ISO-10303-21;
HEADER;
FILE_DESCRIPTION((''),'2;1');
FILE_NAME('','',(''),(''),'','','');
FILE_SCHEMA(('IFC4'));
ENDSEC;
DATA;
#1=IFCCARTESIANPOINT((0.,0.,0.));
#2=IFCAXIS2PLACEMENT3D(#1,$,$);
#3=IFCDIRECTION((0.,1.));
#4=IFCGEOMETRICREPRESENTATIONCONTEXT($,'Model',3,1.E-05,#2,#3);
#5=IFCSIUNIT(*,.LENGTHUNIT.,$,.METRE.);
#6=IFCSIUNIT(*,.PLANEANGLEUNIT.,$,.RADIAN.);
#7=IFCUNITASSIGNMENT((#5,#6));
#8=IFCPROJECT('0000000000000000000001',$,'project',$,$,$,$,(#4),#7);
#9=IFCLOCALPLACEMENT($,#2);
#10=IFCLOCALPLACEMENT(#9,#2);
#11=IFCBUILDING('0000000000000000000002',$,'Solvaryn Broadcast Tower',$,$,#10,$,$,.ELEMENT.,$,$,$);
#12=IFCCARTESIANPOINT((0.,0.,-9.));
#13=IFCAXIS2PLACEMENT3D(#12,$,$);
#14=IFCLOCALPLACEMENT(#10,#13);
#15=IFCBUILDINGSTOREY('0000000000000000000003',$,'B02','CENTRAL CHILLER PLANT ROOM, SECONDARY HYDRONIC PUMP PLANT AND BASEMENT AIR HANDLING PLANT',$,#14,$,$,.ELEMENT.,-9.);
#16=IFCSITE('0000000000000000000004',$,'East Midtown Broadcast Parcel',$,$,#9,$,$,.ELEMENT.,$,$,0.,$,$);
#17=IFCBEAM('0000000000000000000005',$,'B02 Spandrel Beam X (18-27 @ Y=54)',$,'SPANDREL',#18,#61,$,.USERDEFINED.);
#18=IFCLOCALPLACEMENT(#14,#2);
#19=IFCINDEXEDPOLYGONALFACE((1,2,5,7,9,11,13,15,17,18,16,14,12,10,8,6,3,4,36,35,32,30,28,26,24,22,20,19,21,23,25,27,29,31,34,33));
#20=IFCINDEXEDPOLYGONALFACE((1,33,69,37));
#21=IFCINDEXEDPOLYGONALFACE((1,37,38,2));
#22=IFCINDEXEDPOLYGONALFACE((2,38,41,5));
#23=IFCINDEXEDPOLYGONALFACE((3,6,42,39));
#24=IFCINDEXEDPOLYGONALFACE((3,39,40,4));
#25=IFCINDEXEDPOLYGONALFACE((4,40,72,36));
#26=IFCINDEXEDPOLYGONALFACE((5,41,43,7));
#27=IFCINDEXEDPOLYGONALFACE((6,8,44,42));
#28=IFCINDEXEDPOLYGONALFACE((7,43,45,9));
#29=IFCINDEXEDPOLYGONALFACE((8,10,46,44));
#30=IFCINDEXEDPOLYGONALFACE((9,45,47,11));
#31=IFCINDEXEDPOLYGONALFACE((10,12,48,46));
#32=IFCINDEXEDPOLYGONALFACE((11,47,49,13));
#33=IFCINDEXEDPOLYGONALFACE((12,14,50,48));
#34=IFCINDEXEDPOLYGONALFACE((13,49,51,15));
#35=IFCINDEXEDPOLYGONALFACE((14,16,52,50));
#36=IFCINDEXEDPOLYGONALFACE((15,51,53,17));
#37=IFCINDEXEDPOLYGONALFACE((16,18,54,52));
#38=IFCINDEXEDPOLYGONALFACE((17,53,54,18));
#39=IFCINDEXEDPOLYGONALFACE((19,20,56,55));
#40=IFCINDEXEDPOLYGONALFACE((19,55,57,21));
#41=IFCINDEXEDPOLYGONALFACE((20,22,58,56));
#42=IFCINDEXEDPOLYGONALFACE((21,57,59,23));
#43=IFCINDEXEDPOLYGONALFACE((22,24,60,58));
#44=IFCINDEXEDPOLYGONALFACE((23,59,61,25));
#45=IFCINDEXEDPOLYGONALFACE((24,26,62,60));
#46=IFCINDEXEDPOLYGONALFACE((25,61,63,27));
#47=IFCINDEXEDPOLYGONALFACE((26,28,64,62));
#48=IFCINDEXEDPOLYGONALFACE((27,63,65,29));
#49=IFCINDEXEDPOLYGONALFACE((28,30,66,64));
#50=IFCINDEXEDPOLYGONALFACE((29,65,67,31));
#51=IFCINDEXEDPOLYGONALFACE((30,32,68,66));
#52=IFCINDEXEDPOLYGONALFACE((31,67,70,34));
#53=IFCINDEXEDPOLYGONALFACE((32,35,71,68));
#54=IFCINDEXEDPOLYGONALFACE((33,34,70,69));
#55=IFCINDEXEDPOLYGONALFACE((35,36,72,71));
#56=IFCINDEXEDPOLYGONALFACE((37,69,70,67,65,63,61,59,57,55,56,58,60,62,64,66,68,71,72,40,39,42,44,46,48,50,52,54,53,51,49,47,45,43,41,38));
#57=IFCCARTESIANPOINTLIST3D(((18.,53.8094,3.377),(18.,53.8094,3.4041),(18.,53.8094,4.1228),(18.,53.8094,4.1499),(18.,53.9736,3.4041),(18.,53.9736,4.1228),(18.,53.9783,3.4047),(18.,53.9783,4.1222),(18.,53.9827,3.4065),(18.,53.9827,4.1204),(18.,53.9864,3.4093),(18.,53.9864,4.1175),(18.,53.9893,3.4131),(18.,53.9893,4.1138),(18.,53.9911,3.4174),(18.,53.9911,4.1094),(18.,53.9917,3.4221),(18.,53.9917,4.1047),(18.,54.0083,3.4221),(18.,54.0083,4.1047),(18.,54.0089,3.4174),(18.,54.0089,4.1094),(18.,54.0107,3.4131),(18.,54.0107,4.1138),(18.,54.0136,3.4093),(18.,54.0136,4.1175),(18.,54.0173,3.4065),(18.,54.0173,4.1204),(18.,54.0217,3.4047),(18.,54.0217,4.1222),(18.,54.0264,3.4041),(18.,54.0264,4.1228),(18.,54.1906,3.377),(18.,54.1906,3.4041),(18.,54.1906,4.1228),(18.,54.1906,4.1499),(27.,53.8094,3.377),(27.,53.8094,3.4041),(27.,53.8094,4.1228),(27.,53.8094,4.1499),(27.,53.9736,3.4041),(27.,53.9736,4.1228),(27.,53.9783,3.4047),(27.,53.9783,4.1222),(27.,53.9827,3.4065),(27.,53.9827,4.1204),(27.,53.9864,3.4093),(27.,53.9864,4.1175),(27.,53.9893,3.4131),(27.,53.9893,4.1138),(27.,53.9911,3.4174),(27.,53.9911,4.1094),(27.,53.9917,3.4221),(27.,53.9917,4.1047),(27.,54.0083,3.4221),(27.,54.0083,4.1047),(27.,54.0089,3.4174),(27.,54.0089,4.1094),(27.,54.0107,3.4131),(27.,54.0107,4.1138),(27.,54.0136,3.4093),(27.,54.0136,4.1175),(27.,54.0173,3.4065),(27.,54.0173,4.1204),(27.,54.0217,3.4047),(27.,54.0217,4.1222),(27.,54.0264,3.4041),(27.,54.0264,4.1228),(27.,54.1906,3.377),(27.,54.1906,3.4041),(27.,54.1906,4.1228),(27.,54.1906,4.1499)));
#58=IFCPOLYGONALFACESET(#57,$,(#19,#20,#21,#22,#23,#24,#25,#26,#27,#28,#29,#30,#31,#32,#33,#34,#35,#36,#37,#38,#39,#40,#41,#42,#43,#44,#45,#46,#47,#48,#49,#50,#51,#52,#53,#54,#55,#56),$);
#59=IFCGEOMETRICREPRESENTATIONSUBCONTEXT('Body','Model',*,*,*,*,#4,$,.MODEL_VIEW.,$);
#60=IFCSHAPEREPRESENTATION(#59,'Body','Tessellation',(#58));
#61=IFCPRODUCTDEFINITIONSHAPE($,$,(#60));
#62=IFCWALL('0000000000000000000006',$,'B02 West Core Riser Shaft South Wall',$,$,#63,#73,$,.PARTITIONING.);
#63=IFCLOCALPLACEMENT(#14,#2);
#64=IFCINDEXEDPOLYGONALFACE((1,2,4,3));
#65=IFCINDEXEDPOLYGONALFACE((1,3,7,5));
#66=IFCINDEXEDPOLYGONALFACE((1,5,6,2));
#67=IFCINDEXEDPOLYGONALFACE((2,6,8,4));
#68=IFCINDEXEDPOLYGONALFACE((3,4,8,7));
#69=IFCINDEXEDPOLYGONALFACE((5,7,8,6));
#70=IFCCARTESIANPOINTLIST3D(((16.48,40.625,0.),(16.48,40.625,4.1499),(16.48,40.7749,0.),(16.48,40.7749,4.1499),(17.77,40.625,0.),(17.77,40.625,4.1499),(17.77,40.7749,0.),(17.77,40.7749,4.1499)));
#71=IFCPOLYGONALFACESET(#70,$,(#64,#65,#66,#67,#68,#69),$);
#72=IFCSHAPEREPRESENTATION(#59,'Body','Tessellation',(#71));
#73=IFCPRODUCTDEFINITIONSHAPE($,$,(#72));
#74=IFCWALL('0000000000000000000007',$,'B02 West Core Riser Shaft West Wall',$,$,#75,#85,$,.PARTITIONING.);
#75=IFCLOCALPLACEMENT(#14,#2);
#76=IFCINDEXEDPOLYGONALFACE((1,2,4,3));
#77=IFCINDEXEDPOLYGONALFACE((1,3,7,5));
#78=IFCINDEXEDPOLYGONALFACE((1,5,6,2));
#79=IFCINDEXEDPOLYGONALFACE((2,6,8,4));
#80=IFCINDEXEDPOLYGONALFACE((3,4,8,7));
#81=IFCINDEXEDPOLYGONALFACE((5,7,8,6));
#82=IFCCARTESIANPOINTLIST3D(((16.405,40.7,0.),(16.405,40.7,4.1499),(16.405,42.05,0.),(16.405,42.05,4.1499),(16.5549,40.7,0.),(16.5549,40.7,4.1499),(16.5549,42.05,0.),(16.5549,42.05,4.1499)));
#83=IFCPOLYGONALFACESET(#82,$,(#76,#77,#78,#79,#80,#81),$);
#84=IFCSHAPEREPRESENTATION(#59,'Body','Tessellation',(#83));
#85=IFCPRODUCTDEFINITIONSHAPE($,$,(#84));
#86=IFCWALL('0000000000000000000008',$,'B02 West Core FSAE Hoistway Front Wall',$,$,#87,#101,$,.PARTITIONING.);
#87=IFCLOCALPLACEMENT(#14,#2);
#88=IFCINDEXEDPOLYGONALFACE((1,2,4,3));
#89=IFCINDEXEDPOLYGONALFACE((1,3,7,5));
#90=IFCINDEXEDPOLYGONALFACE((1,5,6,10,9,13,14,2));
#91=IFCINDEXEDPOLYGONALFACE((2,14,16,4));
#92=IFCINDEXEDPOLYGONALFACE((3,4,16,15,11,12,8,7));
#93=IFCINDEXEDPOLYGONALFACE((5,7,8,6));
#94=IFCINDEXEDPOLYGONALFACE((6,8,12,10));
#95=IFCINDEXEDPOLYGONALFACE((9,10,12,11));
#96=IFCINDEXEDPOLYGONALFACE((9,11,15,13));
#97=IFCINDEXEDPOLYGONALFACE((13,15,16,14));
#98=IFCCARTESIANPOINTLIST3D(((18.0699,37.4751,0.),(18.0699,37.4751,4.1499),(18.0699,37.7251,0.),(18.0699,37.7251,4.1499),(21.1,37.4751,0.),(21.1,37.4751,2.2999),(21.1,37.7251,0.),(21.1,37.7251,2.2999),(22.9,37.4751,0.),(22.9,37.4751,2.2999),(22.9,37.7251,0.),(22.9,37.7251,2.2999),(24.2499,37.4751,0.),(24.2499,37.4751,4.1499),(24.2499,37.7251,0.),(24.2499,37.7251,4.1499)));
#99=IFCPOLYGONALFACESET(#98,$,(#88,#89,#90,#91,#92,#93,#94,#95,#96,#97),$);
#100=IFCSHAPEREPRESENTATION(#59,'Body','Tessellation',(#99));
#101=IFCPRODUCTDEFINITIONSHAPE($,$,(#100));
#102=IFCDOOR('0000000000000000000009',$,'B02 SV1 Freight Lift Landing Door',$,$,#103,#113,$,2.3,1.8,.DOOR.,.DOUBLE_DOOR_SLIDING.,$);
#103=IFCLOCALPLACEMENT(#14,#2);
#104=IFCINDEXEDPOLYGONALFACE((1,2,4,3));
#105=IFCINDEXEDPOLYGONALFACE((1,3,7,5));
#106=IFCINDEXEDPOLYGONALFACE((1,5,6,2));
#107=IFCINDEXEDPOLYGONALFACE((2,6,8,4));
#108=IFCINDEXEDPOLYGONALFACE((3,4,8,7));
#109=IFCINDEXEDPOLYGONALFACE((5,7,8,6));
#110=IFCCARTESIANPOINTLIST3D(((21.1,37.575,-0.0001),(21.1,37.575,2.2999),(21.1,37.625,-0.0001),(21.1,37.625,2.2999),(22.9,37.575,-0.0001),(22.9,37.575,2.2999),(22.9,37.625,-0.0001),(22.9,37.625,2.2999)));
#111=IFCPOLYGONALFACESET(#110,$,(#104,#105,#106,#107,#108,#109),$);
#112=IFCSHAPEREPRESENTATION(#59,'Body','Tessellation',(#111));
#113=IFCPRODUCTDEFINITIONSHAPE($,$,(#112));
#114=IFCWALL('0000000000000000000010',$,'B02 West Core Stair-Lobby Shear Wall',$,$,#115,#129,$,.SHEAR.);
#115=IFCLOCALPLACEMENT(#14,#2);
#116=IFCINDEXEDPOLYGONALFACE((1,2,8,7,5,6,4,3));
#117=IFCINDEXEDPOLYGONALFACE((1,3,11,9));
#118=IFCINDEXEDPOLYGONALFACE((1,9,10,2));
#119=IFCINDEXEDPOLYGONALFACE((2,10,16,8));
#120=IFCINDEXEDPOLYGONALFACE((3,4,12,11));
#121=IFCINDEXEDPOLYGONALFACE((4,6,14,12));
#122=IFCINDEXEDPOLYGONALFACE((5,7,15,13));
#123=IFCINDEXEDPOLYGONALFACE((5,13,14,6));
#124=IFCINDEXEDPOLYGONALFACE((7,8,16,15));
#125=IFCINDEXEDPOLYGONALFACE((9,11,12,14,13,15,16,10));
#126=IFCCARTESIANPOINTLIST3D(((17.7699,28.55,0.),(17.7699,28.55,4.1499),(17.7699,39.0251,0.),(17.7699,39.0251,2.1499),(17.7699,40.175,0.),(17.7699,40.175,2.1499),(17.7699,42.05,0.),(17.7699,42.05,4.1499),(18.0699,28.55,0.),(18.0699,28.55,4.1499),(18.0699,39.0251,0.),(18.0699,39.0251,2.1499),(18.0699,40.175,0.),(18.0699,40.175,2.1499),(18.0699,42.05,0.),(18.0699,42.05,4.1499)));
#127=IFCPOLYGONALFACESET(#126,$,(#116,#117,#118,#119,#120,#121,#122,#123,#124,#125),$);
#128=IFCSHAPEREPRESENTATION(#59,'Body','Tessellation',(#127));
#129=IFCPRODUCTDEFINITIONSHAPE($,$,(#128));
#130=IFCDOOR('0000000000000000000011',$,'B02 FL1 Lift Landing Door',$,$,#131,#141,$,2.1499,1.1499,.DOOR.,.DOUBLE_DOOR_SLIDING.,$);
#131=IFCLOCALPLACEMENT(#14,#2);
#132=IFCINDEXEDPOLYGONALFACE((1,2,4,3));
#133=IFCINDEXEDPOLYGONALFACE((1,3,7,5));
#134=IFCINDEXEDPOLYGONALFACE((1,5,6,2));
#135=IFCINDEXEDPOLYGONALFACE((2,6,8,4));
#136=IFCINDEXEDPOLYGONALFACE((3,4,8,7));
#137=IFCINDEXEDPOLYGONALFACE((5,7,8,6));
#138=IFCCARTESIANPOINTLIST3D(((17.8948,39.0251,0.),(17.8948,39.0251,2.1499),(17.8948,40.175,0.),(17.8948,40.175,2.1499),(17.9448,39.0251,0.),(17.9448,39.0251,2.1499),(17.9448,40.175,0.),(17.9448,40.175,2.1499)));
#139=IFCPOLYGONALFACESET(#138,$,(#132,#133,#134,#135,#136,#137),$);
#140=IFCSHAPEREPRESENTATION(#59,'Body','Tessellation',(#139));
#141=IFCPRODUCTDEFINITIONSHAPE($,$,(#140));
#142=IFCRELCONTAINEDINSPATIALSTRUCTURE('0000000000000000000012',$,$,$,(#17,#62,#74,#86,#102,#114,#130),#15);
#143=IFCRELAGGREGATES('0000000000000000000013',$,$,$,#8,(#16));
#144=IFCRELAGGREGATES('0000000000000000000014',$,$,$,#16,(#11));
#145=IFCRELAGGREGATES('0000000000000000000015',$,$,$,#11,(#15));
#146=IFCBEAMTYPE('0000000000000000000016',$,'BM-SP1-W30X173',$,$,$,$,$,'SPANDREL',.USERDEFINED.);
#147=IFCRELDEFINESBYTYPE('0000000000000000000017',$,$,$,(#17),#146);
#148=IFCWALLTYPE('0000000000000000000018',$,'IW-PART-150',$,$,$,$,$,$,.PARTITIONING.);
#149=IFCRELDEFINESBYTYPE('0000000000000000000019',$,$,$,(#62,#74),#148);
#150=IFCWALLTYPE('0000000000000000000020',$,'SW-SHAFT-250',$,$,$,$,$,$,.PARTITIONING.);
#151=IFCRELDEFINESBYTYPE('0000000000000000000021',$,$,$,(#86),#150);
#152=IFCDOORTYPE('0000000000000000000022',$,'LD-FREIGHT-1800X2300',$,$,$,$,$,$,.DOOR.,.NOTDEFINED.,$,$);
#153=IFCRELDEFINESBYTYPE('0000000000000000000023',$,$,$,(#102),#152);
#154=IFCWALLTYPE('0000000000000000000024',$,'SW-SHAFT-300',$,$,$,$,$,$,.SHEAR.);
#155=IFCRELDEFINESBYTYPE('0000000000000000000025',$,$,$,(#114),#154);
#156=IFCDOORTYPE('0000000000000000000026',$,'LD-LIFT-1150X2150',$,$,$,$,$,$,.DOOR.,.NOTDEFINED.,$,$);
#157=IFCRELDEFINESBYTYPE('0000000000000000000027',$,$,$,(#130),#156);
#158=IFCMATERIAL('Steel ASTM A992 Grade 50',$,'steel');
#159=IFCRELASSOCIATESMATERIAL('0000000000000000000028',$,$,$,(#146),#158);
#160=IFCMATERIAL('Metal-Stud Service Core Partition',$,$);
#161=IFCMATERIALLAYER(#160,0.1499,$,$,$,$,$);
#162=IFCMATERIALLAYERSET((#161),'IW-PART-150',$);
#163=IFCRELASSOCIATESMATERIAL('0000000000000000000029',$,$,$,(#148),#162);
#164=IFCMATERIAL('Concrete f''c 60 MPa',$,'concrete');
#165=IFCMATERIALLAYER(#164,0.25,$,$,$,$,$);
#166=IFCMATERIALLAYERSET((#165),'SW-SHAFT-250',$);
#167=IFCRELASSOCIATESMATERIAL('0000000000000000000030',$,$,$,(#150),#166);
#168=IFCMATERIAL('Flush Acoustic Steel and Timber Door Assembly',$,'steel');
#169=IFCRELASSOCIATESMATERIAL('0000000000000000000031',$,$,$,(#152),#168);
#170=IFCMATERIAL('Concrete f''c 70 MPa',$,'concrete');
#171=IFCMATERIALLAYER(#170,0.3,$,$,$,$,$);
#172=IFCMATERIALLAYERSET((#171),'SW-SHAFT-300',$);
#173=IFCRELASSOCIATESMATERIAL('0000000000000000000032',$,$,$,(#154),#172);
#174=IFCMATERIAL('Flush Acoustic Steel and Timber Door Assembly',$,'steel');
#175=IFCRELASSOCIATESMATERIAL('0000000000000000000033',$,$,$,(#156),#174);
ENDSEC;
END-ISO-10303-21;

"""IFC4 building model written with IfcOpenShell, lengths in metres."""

from ifc_helpers import new_model, si_unit, direction, frame, frame_2d, origin, origin_2d, place, context, subcontext, project, spatial, rectangle, i_section, extrude, material, layer, layer_set, material_profile, profile_set, type_object, element, fill, save


model = new_model("IFC4")

# Units and contexts
model_context = context("Model", 3, precision=1e-05, world=origin(), true_north=direction((0.0, 1.0)))
body_context = subcontext(model_context, "Body", "Model", "MODEL_VIEW")
ifc_project = project(units=[si_unit("LENGTHUNIT", "METRE"), si_unit("PLANEANGLEUNIT", "RADIAN")], contexts=[model_context])

# Site, building, storey
site_placement = place(None, origin())
site = spatial("IfcSite", under=ifc_project, at=site_placement, Name="East Midtown Broadcast Parcel", CompositionType="ELEMENT", RefElevation=0.0)
building_placement = place(site_placement, origin())
building = spatial("IfcBuilding", under=site, at=building_placement, Name="Solvaryn Broadcast Tower", CompositionType="ELEMENT")
storey_placement = place(building_placement, frame((0.0, 0.0, -9.0)))
storey = spatial("IfcBuildingStorey", under=building, at=storey_placement, Name="B02", Description="CENTRAL CHILLER PLANT ROOM, SECONDARY HYDRONIC PUMP PLANT AND BASEMENT AIR HANDLING PLANT", CompositionType="ELEMENT", Elevation=-9.0)

# Beam
ifc_material_1 = material(Name="Steel ASTM A992 Grade 50", Category="steel")
ifc_material_profile_1 = material_profile(ifc_material_1, i_section(OverallWidth=0.3811, OverallDepth=0.7729, WebThickness=0.0166, FlangeThickness=0.0271, FilletRadius=0.0181, at=origin_2d()))
ifc_profile_set_1 = profile_set([ifc_material_profile_1], Name="Steel ASTM A992 Grade 50")
beam_type_1 = type_object("IfcBeamType", Name="BM-SP1-W30X173", ElementType="SPANDREL", PredefinedType="USERDEFINED", material=ifc_profile_set_1)
beam_1_placement = place(storey_placement, frame((18.0, 54.0, 3.7634), z_axis=(1.0, 0.0, 0.0), x_axis=(0.0, 1.0, 0.0)))
element("IfcBeam", 1, at=beam_1_placement, inside=storey, type_object=beam_type_1, Name="B02 Spandrel Beam X (18-27 @ Y=54)", ObjectType="SPANDREL", PredefinedType="USERDEFINED", context=body_context, shape_type="SweptSolid", body=[
    extrude(i_section(OverallWidth=0.3811, OverallDepth=0.7729, WebThickness=0.0166, FlangeThickness=0.0271, FilletRadius=0.0181, at=origin_2d()), origin(), (0.0, 0.0, 1.0), 9.0),
])

# Walls
ifc_material_2 = material(Name="Metal-Stud Service Core Partition")
ifc_layer_1 = layer(ifc_material_2, 0.1499)
ifc_layer_set_1 = layer_set([ifc_layer_1], Name="IW-PART-150")
wall_type_1 = type_object("IfcWallType", Name="IW-PART-150", PredefinedType="PARTITIONING", material=ifc_layer_set_1)
wall_1_placement = place(storey_placement, frame((16.48, 40.7, 0.0), z_axis=(0.0, 0.0, 1.0), x_axis=(1.0, 0.0, 0.0)))
element("IfcWall", 2, at=wall_1_placement, inside=storey, type_object=wall_type_1, Name="B02 West Core Riser Shaft South Wall", PredefinedType="PARTITIONING", context=body_context, shape_type="SweptSolid", body=[
    extrude(rectangle(XDim=1.29, YDim=0.1499, at=frame_2d((0.645, 0.0))), origin(), (0.0, 0.0, 1.0), 4.1499),
])
wall_2_placement = place(storey_placement, frame((16.48, 40.7, 0.0), z_axis=(0.0, 0.0, 1.0), x_axis=(0.0, 1.0, 0.0)))
element("IfcWall", 3, at=wall_2_placement, inside=storey, type_object=wall_type_1, Name="B02 West Core Riser Shaft West Wall", PredefinedType="PARTITIONING", context=body_context, shape_type="SweptSolid", body=[
    extrude(rectangle(XDim=1.3501, YDim=0.1499, at=frame_2d((0.675, 0.0))), origin(), (0.0, 0.0, 1.0), 4.1499),
])

# Walls, openings, doors
ifc_material_3 = material(Name="Concrete f'c 60 MPa", Category="concrete")
ifc_layer_2 = layer(ifc_material_3, 0.25)
ifc_layer_set_2 = layer_set([ifc_layer_2], Name="SW-SHAFT-250")
wall_type_2 = type_object("IfcWallType", Name="SW-SHAFT-250", PredefinedType="PARTITIONING", material=ifc_layer_set_2)
wall_3_placement = place(storey_placement, frame((18.0701, 37.6001, 0.0), z_axis=(0.0, 0.0, 1.0), x_axis=(1.0, 0.0, 0.0)))
wall_3 = element("IfcWall", 4, at=wall_3_placement, inside=storey, type_object=wall_type_2, Name="B02 West Core FSAE Hoistway Front Wall", PredefinedType="PARTITIONING", context=body_context, shape_type="SweptSolid", body=[
    extrude(rectangle(XDim=6.1799, YDim=0.25, at=frame_2d((3.0898, 0.0))), origin(), (0.0, 0.0, 1.0), 4.1499),
])
opening_1_placement = place(wall_3_placement, frame((3.03, 0.0, 0.0)))
opening_1 = element("IfcOpeningElement", 5, at=opening_1_placement, cuts=wall_3, PredefinedType="OPENING", context=body_context, shape_type="SweptSolid", body=[
    extrude(rectangle(XDim=1.8, YDim=2.3, at=frame_2d((0.8999, 1.1499))), frame((0.0, 0.135, 0.0), z_axis=(0.0, -1.0, 0.0), x_axis=(1.0, 0.0, 0.0)), (0.0, 0.0, 1.0), 0.27),
])
ifc_material_4 = material(Name="Flush Acoustic Steel and Timber Door Assembly", Category="steel")
door_type_1 = type_object("IfcDoorType", Name="LD-FREIGHT-1800X2300", OperationType="NOTDEFINED", PredefinedType="DOOR", material=ifc_material_4)
door_1_placement = place(opening_1_placement, origin())
door_1 = element("IfcDoor", 6, at=door_1_placement, inside=storey, type_object=door_type_1, Name="B02 SV1 Freight Lift Landing Door", OperationType="DOUBLE_DOOR_SLIDING", OverallHeight=2.3, OverallWidth=1.8, PredefinedType="DOOR", context=body_context, shape_type="SweptSolid", body=[
    extrude(rectangle(XDim=1.8, YDim=2.3, at=frame_2d((0.8999, 1.1499))), frame((0.0, 0.0249, 0.0), z_axis=(0.0, -1.0, 0.0), x_axis=(1.0, 0.0, 0.0)), (0.0, 0.0, 1.0), 0.05),
])
fill(opening_1, door_1)
ifc_material_5 = material(Name="Concrete f'c 70 MPa", Category="concrete")
ifc_layer_3 = layer(ifc_material_5, 0.3)
ifc_layer_set_3 = layer_set([ifc_layer_3], Name="SW-SHAFT-300")
wall_type_3 = type_object("IfcWallType", Name="SW-SHAFT-300", PredefinedType="SHEAR", material=ifc_layer_set_3)
wall_4_placement = place(storey_placement, frame((17.9199, 42.05, 0.0), z_axis=(0.0, 0.0, 1.0), x_axis=(0.0, -1.0, 0.0)))
wall_4 = element("IfcWall", 7, at=wall_4_placement, inside=storey, type_object=wall_type_3, Name="B02 West Core Stair-Lobby Shear Wall", PredefinedType="SHEAR", context=body_context, shape_type="SweptSolid", body=[
    extrude(rectangle(XDim=13.5, YDim=0.3, at=frame_2d((6.75, 0.0))), origin(), (0.0, 0.0, 1.0), 4.1499),
])
opening_2_placement = place(wall_4_placement, frame((1.875, 0.0, 0.0)))
opening_2 = element("IfcOpeningElement", 8, at=opening_2_placement, cuts=wall_4, PredefinedType="OPENING", context=body_context, shape_type="SweptSolid", body=[
    extrude(rectangle(XDim=1.1499, YDim=2.1499, at=frame_2d((0.575, 1.075))), frame((0.0, 0.1599, 0.0), z_axis=(0.0, -1.0, 0.0), x_axis=(1.0, 0.0, 0.0)), (0.0, 0.0, 1.0), 0.3201),
])
ifc_material_6 = material(Name="Flush Acoustic Steel and Timber Door Assembly", Category="steel")
door_type_2 = type_object("IfcDoorType", Name="LD-LIFT-1150X2150", OperationType="NOTDEFINED", PredefinedType="DOOR", material=ifc_material_6)
door_2_placement = place(opening_2_placement, origin())
door_2 = element("IfcDoor", 9, at=door_2_placement, inside=storey, type_object=door_type_2, Name="B02 FL1 Lift Landing Door", OperationType="DOUBLE_DOOR_SLIDING", OverallHeight=2.1499, OverallWidth=1.1499, PredefinedType="DOOR", context=body_context, shape_type="SweptSolid", body=[
    extrude(rectangle(XDim=1.1499, YDim=2.1499, at=frame_2d((0.575, 1.075))), frame((0.0, 0.0249, 0.0), z_axis=(0.0, -1.0, 0.0), x_axis=(1.0, 0.0, 0.0)), (0.0, 0.0, 1.0), 0.05),
])
fill(opening_2, door_2)

save(model, "model.ifc")
